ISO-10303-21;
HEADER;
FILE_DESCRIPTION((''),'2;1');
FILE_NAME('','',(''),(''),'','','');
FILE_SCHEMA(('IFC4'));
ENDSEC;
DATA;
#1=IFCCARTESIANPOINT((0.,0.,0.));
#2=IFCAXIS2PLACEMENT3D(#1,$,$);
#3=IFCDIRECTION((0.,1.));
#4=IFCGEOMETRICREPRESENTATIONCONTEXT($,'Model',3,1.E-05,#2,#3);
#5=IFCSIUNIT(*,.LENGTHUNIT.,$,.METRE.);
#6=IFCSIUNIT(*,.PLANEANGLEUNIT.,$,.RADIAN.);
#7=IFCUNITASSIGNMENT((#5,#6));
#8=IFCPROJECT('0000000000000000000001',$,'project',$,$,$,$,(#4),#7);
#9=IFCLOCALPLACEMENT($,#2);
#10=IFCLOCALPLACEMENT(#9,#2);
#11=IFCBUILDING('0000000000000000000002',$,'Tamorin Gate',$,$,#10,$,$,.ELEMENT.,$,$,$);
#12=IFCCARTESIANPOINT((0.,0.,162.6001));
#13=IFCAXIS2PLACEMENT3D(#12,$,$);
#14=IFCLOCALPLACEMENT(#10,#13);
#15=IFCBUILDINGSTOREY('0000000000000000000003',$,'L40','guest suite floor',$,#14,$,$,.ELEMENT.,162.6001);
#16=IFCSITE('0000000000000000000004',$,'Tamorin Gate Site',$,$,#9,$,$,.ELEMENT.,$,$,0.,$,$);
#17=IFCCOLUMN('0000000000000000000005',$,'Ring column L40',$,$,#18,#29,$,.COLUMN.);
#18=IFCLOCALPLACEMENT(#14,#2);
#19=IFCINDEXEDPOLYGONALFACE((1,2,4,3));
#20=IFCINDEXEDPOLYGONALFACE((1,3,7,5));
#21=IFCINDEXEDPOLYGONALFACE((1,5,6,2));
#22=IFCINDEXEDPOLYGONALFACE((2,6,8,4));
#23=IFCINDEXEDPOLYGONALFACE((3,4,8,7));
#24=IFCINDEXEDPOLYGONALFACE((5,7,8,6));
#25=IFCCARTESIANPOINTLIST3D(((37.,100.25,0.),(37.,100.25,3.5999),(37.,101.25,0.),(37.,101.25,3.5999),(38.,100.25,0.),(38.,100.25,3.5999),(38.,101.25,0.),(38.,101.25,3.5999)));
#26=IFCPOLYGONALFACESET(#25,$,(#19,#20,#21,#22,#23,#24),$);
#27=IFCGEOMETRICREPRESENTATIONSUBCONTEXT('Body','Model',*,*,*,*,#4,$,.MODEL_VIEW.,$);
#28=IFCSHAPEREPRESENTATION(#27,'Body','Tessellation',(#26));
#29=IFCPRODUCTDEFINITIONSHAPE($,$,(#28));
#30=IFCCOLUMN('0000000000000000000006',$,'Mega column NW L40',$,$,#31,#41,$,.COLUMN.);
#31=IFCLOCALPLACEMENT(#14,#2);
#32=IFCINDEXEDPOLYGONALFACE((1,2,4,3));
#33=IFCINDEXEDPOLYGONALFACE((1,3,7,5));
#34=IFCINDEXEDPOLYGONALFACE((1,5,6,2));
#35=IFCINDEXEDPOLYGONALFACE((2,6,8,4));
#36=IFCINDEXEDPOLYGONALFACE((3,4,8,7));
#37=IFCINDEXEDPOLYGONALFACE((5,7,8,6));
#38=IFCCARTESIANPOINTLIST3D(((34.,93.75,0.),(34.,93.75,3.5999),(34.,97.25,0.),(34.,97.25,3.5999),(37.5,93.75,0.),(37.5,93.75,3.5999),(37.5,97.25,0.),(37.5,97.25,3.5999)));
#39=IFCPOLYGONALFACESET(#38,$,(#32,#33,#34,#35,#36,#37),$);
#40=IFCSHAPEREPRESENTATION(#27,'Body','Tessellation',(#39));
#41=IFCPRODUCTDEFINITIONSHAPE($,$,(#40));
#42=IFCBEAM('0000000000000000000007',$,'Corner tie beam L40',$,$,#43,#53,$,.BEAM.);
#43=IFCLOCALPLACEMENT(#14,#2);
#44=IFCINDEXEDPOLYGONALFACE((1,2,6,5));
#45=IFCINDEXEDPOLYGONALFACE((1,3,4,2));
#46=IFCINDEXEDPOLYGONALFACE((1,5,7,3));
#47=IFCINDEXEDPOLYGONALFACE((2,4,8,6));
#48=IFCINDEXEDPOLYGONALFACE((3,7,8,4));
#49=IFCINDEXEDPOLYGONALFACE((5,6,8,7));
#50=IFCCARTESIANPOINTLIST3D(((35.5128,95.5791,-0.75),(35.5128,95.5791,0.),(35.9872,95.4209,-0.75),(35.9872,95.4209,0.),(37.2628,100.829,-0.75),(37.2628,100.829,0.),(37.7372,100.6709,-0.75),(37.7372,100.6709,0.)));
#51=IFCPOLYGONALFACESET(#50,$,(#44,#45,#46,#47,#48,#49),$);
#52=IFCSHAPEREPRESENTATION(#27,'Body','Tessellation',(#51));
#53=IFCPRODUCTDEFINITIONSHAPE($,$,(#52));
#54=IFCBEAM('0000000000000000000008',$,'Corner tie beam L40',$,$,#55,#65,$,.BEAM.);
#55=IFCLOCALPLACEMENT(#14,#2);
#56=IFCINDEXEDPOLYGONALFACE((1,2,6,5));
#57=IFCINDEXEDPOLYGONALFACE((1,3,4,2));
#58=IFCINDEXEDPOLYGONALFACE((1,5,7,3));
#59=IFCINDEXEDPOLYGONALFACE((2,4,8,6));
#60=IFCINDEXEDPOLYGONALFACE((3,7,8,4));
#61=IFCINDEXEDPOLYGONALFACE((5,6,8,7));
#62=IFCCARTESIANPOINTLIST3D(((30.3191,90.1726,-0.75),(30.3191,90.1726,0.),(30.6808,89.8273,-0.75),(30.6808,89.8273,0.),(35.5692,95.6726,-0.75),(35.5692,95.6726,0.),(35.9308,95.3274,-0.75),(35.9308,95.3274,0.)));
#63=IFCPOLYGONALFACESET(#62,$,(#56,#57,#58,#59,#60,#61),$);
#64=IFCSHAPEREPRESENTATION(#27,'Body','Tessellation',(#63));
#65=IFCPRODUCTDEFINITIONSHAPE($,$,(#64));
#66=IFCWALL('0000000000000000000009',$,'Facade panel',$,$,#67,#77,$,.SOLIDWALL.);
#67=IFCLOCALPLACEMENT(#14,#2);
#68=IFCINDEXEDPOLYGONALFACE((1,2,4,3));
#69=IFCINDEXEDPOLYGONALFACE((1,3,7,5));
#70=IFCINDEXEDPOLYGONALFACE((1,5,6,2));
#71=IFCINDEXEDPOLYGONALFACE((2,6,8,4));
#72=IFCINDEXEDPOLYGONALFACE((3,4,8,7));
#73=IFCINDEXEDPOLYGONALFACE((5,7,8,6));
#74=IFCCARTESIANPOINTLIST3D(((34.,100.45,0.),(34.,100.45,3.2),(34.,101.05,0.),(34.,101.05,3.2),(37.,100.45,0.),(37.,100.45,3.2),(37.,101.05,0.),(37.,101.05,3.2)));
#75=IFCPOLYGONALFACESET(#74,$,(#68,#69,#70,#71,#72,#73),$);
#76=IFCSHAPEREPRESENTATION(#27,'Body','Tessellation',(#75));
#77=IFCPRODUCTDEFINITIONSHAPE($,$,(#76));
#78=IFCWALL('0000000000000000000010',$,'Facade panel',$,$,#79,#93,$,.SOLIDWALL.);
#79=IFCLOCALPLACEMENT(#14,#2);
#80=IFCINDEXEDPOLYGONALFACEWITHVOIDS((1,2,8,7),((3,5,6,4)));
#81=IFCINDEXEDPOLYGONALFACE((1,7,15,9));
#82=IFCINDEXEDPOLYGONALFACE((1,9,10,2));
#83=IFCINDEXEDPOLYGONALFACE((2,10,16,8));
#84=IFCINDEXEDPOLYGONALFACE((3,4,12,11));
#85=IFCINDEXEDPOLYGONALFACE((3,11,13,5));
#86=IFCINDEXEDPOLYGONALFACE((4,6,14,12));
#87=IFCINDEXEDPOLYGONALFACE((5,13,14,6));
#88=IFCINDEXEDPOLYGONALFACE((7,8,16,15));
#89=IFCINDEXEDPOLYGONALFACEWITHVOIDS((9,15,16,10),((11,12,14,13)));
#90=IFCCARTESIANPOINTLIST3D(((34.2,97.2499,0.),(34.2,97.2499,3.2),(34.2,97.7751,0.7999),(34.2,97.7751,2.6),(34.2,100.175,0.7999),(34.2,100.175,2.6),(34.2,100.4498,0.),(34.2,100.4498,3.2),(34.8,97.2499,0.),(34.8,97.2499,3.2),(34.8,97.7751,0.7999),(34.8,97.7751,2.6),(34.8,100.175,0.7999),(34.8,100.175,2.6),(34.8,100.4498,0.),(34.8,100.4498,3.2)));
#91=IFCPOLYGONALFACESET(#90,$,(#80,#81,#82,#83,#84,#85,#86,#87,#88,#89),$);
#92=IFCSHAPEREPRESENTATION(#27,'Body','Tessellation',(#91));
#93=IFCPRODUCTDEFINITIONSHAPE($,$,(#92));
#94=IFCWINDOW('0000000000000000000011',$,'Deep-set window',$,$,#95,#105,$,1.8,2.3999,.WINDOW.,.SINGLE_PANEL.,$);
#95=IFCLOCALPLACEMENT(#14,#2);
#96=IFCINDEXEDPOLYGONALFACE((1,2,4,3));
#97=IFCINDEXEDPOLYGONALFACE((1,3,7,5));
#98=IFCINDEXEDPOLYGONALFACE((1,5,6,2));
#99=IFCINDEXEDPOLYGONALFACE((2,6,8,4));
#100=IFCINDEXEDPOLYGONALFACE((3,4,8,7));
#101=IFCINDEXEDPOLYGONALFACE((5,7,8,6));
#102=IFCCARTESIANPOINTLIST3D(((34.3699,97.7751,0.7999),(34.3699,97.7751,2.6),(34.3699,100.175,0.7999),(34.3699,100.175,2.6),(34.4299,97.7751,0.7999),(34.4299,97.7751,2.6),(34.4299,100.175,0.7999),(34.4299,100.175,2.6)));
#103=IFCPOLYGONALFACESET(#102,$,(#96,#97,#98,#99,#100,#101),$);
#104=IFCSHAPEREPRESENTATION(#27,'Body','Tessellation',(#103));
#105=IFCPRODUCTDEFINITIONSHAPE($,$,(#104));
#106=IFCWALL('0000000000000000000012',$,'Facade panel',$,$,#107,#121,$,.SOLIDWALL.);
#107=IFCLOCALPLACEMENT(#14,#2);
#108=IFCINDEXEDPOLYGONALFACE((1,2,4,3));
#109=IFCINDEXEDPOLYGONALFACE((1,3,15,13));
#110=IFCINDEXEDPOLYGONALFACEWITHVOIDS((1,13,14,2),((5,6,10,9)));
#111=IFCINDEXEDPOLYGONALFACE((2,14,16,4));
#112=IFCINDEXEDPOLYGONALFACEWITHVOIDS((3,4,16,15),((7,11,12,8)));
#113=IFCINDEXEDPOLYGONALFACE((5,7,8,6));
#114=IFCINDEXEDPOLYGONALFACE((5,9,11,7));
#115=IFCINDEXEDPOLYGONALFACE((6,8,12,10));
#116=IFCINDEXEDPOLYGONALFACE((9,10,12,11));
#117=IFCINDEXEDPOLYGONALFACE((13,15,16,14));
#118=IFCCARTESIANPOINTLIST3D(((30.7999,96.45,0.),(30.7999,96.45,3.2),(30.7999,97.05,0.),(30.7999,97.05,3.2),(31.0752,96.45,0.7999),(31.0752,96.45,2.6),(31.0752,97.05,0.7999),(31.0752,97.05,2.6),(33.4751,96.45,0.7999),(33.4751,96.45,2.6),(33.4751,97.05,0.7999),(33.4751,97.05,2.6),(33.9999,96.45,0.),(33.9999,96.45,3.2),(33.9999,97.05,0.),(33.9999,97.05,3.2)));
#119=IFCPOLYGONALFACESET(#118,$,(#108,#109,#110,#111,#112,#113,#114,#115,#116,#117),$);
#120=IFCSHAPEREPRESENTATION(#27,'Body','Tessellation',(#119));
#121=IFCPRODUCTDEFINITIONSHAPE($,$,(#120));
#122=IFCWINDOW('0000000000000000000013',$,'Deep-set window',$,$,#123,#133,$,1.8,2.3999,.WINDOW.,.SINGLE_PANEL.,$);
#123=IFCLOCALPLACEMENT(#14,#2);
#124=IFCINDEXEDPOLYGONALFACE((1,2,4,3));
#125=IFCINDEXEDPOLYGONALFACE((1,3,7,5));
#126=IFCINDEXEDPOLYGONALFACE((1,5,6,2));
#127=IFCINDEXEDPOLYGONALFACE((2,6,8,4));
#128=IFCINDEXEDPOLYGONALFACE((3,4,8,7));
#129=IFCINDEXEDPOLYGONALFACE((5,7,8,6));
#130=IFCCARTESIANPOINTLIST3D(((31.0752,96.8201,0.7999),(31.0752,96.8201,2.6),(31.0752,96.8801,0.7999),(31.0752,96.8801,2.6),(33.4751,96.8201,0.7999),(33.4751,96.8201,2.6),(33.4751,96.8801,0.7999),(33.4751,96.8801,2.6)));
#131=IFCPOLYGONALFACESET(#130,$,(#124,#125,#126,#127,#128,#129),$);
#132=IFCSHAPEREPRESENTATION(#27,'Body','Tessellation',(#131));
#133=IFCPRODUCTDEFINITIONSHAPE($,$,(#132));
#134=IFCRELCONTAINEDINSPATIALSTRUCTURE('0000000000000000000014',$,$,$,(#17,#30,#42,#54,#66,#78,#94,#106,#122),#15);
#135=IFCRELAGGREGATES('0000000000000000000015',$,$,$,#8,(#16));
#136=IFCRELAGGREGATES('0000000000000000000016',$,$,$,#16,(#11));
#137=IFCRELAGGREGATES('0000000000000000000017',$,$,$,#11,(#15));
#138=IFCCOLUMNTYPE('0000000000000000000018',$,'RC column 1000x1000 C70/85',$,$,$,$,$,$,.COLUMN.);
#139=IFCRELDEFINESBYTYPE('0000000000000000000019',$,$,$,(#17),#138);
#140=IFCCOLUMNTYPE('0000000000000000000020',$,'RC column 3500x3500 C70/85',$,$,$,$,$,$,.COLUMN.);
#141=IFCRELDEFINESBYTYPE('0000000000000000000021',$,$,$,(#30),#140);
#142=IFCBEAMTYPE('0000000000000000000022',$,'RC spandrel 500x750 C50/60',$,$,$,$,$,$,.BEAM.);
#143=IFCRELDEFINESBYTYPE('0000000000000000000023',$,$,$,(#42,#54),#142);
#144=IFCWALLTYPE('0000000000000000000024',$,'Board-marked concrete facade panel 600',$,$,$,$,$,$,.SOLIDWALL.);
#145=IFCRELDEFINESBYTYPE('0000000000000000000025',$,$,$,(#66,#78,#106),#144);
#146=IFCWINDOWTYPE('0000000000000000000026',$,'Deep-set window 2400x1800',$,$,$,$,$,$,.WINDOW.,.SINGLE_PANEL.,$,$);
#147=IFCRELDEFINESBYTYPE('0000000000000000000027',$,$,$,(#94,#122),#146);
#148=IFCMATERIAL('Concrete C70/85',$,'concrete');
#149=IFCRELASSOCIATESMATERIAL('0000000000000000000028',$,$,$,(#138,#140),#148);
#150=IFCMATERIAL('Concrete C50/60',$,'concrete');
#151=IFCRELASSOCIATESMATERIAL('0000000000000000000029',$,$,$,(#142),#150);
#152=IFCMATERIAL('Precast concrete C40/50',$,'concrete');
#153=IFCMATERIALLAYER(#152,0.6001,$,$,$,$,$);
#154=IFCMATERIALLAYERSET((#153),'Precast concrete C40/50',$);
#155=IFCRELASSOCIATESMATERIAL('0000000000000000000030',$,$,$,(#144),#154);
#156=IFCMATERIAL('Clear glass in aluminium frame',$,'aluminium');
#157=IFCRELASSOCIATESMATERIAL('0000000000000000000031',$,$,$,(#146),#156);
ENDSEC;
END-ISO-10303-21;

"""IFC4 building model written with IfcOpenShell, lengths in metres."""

from ifc_helpers import new_model, si_unit, direction, frame, frame_2d, origin, origin_2d, place, context, subcontext, project, spatial, rectangle, extrude, material, layer, layer_set, material_profile, profile_set, type_object, element, fill, save


model = new_model("IFC4")

# Units and contexts
model_context = context("Model", 3, precision=1e-05, world=origin(), true_north=direction((0.0, 1.0)))
body_context = subcontext(model_context, "Body", "Model", "MODEL_VIEW")
ifc_project = project(units=[si_unit("LENGTHUNIT", "METRE"), si_unit("PLANEANGLEUNIT", "RADIAN")], contexts=[model_context])

# Site, building, storey
site_placement = place(None, origin())
site = spatial("IfcSite", under=ifc_project, at=site_placement, Name="Tamorin Gate Site", CompositionType="ELEMENT", RefElevation=0.0)
building_placement = place(site_placement, origin())
building = spatial("IfcBuilding", under=site, at=building_placement, Name="Tamorin Gate", CompositionType="ELEMENT")
storey_placement = place(building_placement, frame((0.0, 0.0, 162.6001)))
storey = spatial("IfcBuildingStorey", under=building, at=storey_placement, Name="L40", Description="guest suite floor", CompositionType="ELEMENT", Elevation=162.6001)

# Columns
ifc_material_1 = material(Name="Concrete C70/85", Category="concrete")
ifc_material_profile_1 = material_profile(ifc_material_1, rectangle(XDim=1.0, YDim=1.0, at=origin_2d()), Name="RC 1000x1000")
ifc_profile_set_1 = profile_set([ifc_material_profile_1], Name="Concrete C70/85")
column_type_1 = type_object("IfcColumnType", Name="RC column 1000x1000 C70/85", PredefinedType="COLUMN", material=ifc_profile_set_1)
column_1_placement = place(storey_placement, frame((37.5, 100.75, 0.0), z_axis=(0.0, 0.0, 1.0), x_axis=(1.0, 0.0, 0.0)))
element("IfcColumn", 1, at=column_1_placement, inside=storey, type_object=column_type_1, Name="Ring column L40", PredefinedType="COLUMN", context=body_context, shape_type="SweptSolid", body=[
    extrude(rectangle(XDim=1.0, YDim=1.0, at=origin_2d()), origin(), (0.0, 0.0, 1.0), 3.5999),
])
ifc_material_profile_2 = material_profile(ifc_material_1, rectangle(XDim=3.5, YDim=3.5, at=origin_2d()), Name="RC 3500x3500")
ifc_profile_set_2 = profile_set([ifc_material_profile_2], Name="Concrete C70/85")
column_type_2 = type_object("IfcColumnType", Name="RC column 3500x3500 C70/85", PredefinedType="COLUMN", material=ifc_profile_set_2)
column_2_placement = place(storey_placement, frame((35.75, 95.5, 0.0), z_axis=(0.0, 0.0, 1.0), x_axis=(1.0, 0.0, 0.0)))
element("IfcColumn", 2, at=column_2_placement, inside=storey, type_object=column_type_2, Name="Mega column NW L40", PredefinedType="COLUMN", context=body_context, shape_type="SweptSolid", body=[
    extrude(rectangle(XDim=3.5, YDim=3.5, at=origin_2d()), origin(), (0.0, 0.0, 1.0), 3.5999),
])

# Beams
ifc_material_2 = material(Name="Concrete C50/60", Category="concrete")
ifc_material_profile_3 = material_profile(ifc_material_2, rectangle(XDim=0.5, YDim=0.75, at=origin_2d()), Name="RC 500x750")
ifc_profile_set_3 = profile_set([ifc_material_profile_3], Name="Concrete C50/60")
beam_type = type_object("IfcBeamType", Name="RC spandrel 500x750 C50/60", PredefinedType="BEAM", material=ifc_profile_set_3)
beam_1_placement = place(storey_placement, frame((35.75, 95.5, -0.375), z_axis=(0.316228, 0.948683, 0.0), x_axis=(-0.948683, 0.316228, 0.0)))
element("IfcBeam", 3, at=beam_1_placement, inside=storey, type_object=beam_type, Name="Corner tie beam L40", PredefinedType="BEAM", context=body_context, shape_type="SweptSolid", body=[
    extrude(rectangle(XDim=0.5, YDim=0.75, at=origin_2d()), origin(), (0.0, 0.0, 1.0), 5.5339),
])
beam_2_placement = place(storey_placement, frame((35.75, 95.5, -0.375), z_axis=(-0.690476, -0.723356, 0.0), x_axis=(0.723356, -0.690476, 0.0)))
element("IfcBeam", 4, at=beam_2_placement, inside=storey, type_object=beam_type, Name="Corner tie beam L40", PredefinedType="BEAM", context=body_context, shape_type="SweptSolid", body=[
    extrude(rectangle(XDim=0.5, YDim=0.75, at=origin_2d()), origin(), (0.0, 0.0, 1.0), 7.6035),
])

# Wall
ifc_material_3 = material(Name="Precast concrete C40/50", Category="concrete")
ifc_layer_1 = layer(ifc_material_3, 0.6001)
ifc_layer_set_1 = layer_set([ifc_layer_1], Name="Precast concrete C40/50")
wall_type_1 = type_object("IfcWallType", Name="Board-marked concrete facade panel 600", PredefinedType="SOLIDWALL", material=ifc_layer_set_1)
wall_1_placement = place(storey_placement, frame((37.0, 100.75, 0.0), z_axis=(0.0, 0.0, 1.0), x_axis=(-1.0, 0.0, 0.0)))
element("IfcWall", 5, at=wall_1_placement, inside=storey, type_object=wall_type_1, Name="Facade panel", PredefinedType="SOLIDWALL", context=body_context, shape_type="SweptSolid", body=[
    extrude(rectangle(XDim=3.0, YDim=0.6001, at=frame_2d((1.5, 0.0))), origin(), (0.0, 0.0, 1.0), 3.2),
])

# Walls, openings, windows
wall_2_placement = place(storey_placement, frame((34.5, 100.45, 0.0), z_axis=(0.0, 0.0, 1.0), x_axis=(0.0, -1.0, 0.0)))
wall_2 = element("IfcWall", 6, at=wall_2_placement, inside=storey, type_object=wall_type_1, Name="Facade panel", PredefinedType="SOLIDWALL", context=body_context, shape_type="SweptSolid", body=[
    extrude(rectangle(XDim=3.2, YDim=0.6001, at=frame_2d((1.6001, 0.0))), origin(), (0.0, 0.0, 1.0), 3.2),
])
opening_1_placement = place(wall_2_placement, frame((0.2749, 0.0, 0.8)))
opening_1 = element("IfcOpeningElement", 7, at=opening_1_placement, cuts=wall_2, PredefinedType="OPENING", context=body_context, shape_type="SweptSolid", body=[
    extrude(rectangle(XDim=2.3999, YDim=1.8, at=frame_2d((1.2, 0.8999))), frame((0.0, 0.3101, 0.0), z_axis=(0.0, -1.0, 0.0), x_axis=(1.0, 0.0, 0.0)), (0.0, 0.0, 1.0), 0.6201),
])
ifc_material_4 = material(Name="Clear glass in aluminium frame", Category="aluminium")
window_type_1 = type_object("IfcWindowType", Name="Deep-set window 2400x1800", PartitioningType="SINGLE_PANEL", PredefinedType="WINDOW", material=ifc_material_4)
window_1_placement = place(opening_1_placement, origin())
window_1 = element("IfcWindow", 8, at=window_1_placement, inside=storey, type_object=window_type_1, Name="Deep-set window", OverallHeight=1.8, OverallWidth=2.3999, PartitioningType="SINGLE_PANEL", PredefinedType="WINDOW", context=body_context, shape_type="SweptSolid", body=[
    extrude(rectangle(XDim=2.3999, YDim=1.8, at=frame_2d((1.2, 0.8999))), frame((0.0, -0.0701, 0.0), z_axis=(0.0, -1.0, 0.0), x_axis=(1.0, 0.0, 0.0)), (0.0, 0.0, 1.0), 0.0601),
])
fill(opening_1, window_1)
wall_3_placement = place(storey_placement, frame((34.0, 96.75, 0.0), z_axis=(0.0, 0.0, 1.0), x_axis=(-1.0, 0.0, 0.0)))
wall_3 = element("IfcWall", 9, at=wall_3_placement, inside=storey, type_object=wall_type_1, Name="Facade panel", PredefinedType="SOLIDWALL", context=body_context, shape_type="SweptSolid", body=[
    extrude(rectangle(XDim=3.2, YDim=0.6001, at=frame_2d((1.6001, 0.0))), origin(), (0.0, 0.0, 1.0), 3.2),
])
opening_2_placement = place(wall_3_placement, frame((0.5249, 0.0, 0.8)))
opening_2 = element("IfcOpeningElement", 10, at=opening_2_placement, cuts=wall_3, PredefinedType="OPENING", context=body_context, shape_type="SweptSolid", body=[
    extrude(rectangle(XDim=2.3999, YDim=1.8, at=frame_2d((1.2, 0.8999))), frame((0.0, 0.3101, 0.0), z_axis=(0.0, -1.0, 0.0), x_axis=(1.0, 0.0, 0.0)), (0.0, 0.0, 1.0), 0.6201),
])
window_2_placement = place(opening_2_placement, origin())
window_2 = element("IfcWindow", 11, at=window_2_placement, inside=storey, type_object=window_type_1, Name="Deep-set window", OverallHeight=1.8, OverallWidth=2.3999, PartitioningType="SINGLE_PANEL", PredefinedType="WINDOW", context=body_context, shape_type="SweptSolid", body=[
    extrude(rectangle(XDim=2.3999, YDim=1.8, at=frame_2d((1.2, 0.8999))), frame((0.0, -0.0701, 0.0), z_axis=(0.0, -1.0, 0.0), x_axis=(1.0, 0.0, 0.0)), (0.0, 0.0, 1.0), 0.0601),
])
fill(opening_2, window_2)

save(model, "model.ifc")
